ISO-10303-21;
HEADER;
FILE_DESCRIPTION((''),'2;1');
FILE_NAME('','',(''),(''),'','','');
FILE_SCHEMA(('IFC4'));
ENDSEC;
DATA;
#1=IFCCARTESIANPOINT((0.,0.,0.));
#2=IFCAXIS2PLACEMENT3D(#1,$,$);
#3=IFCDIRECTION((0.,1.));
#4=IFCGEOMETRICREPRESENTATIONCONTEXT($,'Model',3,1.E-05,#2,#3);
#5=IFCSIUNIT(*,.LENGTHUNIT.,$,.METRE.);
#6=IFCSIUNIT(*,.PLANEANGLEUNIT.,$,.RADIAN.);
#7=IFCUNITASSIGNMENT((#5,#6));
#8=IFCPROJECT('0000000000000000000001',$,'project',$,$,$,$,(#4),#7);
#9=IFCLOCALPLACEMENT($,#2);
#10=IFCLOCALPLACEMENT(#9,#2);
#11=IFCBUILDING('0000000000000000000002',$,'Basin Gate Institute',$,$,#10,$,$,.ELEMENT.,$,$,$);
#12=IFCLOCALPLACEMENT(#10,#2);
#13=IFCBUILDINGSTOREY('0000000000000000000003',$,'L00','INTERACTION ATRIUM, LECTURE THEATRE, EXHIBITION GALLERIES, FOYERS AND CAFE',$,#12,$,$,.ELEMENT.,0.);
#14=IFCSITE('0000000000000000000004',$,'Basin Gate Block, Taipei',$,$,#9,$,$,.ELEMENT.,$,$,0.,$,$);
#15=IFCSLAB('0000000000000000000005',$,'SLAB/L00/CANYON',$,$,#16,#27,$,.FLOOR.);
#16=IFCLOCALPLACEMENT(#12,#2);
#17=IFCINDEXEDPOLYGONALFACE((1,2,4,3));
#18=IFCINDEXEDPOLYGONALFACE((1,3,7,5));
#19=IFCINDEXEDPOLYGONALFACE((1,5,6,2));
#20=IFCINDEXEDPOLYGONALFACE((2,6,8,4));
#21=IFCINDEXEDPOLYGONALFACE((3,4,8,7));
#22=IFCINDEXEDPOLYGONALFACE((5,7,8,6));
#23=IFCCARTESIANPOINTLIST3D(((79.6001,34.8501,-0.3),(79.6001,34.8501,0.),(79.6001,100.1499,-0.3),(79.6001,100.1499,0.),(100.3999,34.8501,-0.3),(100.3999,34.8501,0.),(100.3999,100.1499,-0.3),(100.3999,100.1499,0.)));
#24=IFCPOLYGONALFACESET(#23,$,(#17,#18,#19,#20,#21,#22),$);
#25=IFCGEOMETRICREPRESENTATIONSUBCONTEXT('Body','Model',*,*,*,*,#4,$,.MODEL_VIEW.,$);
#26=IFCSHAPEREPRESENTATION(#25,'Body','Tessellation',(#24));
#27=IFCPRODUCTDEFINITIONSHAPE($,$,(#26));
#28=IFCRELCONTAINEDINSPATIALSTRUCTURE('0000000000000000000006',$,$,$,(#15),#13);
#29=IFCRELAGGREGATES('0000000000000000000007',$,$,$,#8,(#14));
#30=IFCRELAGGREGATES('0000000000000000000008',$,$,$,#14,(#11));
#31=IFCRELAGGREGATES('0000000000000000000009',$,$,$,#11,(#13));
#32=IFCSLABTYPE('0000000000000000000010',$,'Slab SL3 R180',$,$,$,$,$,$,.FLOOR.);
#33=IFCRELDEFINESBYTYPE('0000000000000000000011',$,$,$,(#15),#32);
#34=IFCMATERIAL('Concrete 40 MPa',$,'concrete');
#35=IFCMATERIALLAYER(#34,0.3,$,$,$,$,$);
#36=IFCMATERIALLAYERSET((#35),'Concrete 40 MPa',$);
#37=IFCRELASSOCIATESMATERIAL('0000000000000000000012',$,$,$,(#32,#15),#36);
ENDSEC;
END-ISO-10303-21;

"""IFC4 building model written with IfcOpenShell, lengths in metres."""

from ifc_helpers import new_model, si_unit, direction, frame, origin, place, context, subcontext, project, spatial, polyline, outline, extrude, material, layer, layer_set, type_object, element, save


model = new_model("IFC4")

# Units and contexts
model_context = context("Model", 3, precision=1e-05, world=origin(), true_north=direction((0.0, 1.0)))
body_context = subcontext(model_context, "Body", "Model", "MODEL_VIEW")
ifc_project = project(units=[si_unit("LENGTHUNIT", "METRE"), si_unit("PLANEANGLEUNIT", "RADIAN")], contexts=[model_context])

# Site, building, storey
site_placement = place(None, origin())
site = spatial("IfcSite", under=ifc_project, at=site_placement, Name="Basin Gate Block, Taipei", CompositionType="ELEMENT", RefElevation=0.0)
building_placement = place(site_placement, origin())
building = spatial("IfcBuilding", under=site, at=building_placement, Name="Basin Gate Institute", CompositionType="ELEMENT")
storey_placement = place(building_placement, origin())
storey = spatial("IfcBuildingStorey", under=building, at=storey_placement, Name="L00", Description="INTERACTION ATRIUM, LECTURE THEATRE, EXHIBITION GALLERIES, FOYERS AND CAFE", CompositionType="ELEMENT", Elevation=0.0)

# Slab
ifc_material_1 = material(Name="Concrete 40 MPa", Category="concrete")
ifc_layer_1 = layer(ifc_material_1, 0.3)
ifc_layer_set_1 = layer_set([ifc_layer_1], Name="Concrete 40 MPa")
slab_type_1 = type_object("IfcSlabType", Name="Slab SL3 R180", PredefinedType="FLOOR", material=ifc_layer_set_1)
slab_1_placement = place(storey_placement, frame((0.0, 0.0, -0.3)))
element("IfcSlab", 1, at=slab_1_placement, inside=storey, type_object=slab_type_1, material=ifc_layer_set_1, Name="SLAB/L00/CANYON", PredefinedType="FLOOR", context=body_context, shape_type="SweptSolid", body=[
    extrude(outline(polyline([(79.6001, 34.8501), (100.3999, 34.8501), (100.3999, 100.1499), (79.6001, 100.1499), (79.6001, 34.8501)])), origin(), (0.0, 0.0, 1.0), 0.3),
])

save(model, "model.ifc")
